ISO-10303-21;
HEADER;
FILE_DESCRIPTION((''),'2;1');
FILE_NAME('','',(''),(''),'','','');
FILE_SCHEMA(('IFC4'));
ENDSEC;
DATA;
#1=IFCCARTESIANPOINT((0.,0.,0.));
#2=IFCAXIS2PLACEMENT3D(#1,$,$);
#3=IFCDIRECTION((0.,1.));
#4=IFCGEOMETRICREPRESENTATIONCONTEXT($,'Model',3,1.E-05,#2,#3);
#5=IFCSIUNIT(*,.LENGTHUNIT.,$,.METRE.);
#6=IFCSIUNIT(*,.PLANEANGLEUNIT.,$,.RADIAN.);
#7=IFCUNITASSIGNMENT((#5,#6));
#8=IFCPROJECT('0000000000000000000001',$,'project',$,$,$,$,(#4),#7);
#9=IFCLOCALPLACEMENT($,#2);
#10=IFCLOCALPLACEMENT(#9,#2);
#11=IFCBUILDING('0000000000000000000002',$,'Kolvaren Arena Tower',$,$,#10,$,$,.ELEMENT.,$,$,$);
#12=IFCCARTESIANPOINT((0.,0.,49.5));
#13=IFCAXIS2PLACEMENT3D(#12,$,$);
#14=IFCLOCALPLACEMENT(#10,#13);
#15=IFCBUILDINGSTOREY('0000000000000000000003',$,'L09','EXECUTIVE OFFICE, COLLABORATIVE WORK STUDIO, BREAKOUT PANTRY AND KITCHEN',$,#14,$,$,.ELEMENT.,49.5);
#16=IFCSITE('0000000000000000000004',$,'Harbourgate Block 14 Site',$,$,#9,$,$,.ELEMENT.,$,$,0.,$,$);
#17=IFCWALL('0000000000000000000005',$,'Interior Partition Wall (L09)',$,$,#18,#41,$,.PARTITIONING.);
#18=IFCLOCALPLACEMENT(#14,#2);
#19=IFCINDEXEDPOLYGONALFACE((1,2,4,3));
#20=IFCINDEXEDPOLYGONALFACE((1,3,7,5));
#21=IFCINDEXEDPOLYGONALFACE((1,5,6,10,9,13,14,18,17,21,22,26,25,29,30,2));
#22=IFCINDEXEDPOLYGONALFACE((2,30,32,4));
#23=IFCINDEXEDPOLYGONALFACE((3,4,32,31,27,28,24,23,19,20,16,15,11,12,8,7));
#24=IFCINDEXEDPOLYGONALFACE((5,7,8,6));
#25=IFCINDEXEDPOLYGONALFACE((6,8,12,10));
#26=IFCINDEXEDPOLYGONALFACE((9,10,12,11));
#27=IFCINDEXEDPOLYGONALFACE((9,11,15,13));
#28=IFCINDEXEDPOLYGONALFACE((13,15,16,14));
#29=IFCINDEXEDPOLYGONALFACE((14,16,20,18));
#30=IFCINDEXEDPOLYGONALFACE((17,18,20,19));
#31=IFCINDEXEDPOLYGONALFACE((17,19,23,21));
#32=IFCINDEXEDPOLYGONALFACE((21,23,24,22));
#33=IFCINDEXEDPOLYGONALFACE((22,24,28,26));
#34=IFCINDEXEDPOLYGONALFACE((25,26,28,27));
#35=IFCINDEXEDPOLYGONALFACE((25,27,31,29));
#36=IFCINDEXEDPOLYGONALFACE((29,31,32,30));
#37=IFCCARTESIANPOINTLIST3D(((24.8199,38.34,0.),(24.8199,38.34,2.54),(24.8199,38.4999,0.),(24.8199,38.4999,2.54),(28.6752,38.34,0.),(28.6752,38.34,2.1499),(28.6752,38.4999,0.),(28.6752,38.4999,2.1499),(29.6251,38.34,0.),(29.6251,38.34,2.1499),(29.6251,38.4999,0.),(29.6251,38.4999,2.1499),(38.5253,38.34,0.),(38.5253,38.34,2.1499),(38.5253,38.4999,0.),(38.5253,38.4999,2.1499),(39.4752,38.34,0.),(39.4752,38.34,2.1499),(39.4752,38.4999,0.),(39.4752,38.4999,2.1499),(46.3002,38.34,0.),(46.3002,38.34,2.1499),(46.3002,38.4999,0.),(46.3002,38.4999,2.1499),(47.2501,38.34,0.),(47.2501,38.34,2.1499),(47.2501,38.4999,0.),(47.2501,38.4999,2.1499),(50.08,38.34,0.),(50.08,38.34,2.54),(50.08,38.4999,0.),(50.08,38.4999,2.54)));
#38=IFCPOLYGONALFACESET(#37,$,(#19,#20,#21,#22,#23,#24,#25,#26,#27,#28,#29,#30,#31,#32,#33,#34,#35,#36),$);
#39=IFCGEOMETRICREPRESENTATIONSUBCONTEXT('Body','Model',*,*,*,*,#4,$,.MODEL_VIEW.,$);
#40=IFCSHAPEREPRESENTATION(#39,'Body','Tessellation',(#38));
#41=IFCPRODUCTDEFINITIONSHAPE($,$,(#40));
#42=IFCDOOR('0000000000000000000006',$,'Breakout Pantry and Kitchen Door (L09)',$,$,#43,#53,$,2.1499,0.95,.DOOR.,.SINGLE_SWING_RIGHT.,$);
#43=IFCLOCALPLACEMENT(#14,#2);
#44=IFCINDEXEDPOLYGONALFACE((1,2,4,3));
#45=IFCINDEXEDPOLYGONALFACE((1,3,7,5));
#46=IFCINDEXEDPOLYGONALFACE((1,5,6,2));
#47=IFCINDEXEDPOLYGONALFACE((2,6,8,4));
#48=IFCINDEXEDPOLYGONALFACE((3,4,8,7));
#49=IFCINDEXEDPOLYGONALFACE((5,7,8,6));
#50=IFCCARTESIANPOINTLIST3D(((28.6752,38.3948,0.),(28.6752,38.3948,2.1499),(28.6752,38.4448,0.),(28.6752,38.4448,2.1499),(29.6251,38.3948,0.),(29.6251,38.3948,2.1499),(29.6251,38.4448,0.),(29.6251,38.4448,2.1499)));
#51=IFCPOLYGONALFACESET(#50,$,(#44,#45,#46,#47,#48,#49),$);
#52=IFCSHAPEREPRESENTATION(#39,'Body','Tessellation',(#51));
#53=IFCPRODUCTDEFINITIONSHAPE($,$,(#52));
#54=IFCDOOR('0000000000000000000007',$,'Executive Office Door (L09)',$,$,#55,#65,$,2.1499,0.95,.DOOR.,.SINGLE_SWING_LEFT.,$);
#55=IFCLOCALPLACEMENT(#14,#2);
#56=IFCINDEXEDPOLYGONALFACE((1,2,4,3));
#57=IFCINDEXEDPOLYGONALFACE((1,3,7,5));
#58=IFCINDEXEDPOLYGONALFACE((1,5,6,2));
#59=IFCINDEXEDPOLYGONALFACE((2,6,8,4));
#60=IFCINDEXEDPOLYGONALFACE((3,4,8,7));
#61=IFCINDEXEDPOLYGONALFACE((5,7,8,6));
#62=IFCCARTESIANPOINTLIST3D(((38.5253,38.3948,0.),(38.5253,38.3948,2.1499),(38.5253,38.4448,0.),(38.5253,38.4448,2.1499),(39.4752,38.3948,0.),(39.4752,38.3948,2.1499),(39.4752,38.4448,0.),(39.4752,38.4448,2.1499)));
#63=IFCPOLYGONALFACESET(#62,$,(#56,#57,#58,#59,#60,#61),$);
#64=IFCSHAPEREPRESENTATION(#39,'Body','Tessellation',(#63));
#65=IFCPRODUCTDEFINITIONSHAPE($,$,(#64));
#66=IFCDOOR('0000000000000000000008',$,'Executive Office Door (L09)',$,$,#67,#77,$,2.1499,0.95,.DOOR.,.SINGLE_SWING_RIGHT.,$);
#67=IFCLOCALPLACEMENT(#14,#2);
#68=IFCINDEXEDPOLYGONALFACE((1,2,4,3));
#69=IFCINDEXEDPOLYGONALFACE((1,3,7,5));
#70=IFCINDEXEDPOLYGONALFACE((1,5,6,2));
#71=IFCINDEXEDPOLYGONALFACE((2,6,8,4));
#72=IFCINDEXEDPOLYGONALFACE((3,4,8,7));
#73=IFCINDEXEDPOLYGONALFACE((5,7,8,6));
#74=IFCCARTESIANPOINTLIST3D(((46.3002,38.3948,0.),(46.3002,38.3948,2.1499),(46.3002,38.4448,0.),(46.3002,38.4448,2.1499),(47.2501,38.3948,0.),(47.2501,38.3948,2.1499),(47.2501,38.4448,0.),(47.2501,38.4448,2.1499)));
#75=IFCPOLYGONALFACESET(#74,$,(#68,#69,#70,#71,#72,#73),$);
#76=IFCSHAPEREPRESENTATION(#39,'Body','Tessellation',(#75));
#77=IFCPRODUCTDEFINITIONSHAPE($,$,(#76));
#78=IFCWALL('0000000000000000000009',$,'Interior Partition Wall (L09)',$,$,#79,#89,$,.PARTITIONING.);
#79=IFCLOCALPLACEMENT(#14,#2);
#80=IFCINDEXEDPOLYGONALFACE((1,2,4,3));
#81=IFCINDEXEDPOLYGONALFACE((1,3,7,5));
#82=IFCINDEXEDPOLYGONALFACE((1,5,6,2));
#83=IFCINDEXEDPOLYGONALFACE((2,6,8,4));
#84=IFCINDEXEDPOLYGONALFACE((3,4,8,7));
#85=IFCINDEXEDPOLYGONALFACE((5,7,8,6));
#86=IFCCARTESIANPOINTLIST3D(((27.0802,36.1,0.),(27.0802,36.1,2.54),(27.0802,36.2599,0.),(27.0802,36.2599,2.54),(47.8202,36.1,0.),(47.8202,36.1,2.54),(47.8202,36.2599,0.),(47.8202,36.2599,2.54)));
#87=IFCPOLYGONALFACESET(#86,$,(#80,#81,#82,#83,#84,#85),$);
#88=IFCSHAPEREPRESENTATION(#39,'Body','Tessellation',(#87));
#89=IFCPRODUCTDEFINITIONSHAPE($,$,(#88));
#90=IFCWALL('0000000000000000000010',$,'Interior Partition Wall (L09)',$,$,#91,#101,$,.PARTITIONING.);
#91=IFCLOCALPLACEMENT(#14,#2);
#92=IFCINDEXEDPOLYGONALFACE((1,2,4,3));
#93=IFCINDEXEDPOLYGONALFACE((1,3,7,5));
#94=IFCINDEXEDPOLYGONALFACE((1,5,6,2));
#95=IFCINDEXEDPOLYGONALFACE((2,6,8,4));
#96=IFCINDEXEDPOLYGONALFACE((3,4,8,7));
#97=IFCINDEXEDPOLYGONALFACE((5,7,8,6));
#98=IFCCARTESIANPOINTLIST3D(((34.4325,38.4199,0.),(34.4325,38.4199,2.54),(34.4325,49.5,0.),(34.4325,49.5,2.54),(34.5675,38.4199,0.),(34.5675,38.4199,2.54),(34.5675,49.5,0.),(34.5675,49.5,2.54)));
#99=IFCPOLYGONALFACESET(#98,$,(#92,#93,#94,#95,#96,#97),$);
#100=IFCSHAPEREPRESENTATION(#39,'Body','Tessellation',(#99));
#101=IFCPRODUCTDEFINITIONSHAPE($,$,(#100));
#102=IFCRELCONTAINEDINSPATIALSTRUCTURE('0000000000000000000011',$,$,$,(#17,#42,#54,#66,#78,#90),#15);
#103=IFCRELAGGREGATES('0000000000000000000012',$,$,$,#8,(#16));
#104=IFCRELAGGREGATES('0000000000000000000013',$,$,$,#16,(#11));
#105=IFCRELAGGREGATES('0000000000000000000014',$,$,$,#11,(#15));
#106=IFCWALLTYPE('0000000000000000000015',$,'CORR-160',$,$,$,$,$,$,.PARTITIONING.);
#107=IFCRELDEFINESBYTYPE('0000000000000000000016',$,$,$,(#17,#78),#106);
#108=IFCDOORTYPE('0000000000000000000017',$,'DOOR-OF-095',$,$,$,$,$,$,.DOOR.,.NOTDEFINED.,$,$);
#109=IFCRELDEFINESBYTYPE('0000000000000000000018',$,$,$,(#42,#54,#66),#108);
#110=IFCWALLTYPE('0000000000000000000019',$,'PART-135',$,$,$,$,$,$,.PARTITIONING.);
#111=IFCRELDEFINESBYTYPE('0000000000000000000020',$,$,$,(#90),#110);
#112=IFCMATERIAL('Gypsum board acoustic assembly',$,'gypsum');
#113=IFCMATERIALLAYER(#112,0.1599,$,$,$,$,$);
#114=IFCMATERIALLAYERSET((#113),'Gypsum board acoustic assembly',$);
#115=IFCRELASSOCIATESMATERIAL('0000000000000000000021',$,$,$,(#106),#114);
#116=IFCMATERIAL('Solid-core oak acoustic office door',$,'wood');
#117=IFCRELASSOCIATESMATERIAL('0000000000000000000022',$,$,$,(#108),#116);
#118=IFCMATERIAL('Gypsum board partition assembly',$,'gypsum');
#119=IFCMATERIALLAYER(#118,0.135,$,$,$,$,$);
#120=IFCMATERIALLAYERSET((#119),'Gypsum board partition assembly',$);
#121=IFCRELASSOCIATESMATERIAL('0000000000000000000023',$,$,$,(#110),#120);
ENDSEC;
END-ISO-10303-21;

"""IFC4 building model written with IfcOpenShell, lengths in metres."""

from ifc_helpers import new_model, si_unit, direction, frame, frame_2d, origin, place, context, subcontext, project, spatial, rectangle, extrude, material, layer, layer_set, type_object, element, fill, save


model = new_model("IFC4")

# Units and contexts
model_context = context("Model", 3, precision=1e-05, world=origin(), true_north=direction((0.0, 1.0)))
body_context = subcontext(model_context, "Body", "Model", "MODEL_VIEW")
ifc_project = project(units=[si_unit("LENGTHUNIT", "METRE"), si_unit("PLANEANGLEUNIT", "RADIAN")], contexts=[model_context])

# Site, building, storey
site_placement = place(None, origin())
site = spatial("IfcSite", under=ifc_project, at=site_placement, Name="Harbourgate Block 14 Site", CompositionType="ELEMENT", RefElevation=0.0)
building_placement = place(site_placement, origin())
building = spatial("IfcBuilding", under=site, at=building_placement, Name="Kolvaren Arena Tower", CompositionType="ELEMENT")
storey_placement = place(building_placement, frame((0.0, 0.0, 49.5)))
storey = spatial("IfcBuildingStorey", under=building, at=storey_placement, Name="L09", Description="EXECUTIVE OFFICE, COLLABORATIVE WORK STUDIO, BREAKOUT PANTRY AND KITCHEN", CompositionType="ELEMENT", Elevation=49.5)

# Shared definitions
ifc_material_1 = material(Name="Gypsum board acoustic assembly", Category="gypsum")
ifc_layer_1 = layer(ifc_material_1, 0.1599)
ifc_layer_set_1 = layer_set([ifc_layer_1], Name="Gypsum board acoustic assembly")
wall_type_1 = type_object("IfcWallType", Name="CORR-160", PredefinedType="PARTITIONING", material=ifc_layer_set_1)

# Wall, openings, doors
wall_1_placement = place(storey_placement, frame((24.8201, 38.4199, 0.0), z_axis=(0.0, 0.0, 1.0), x_axis=(1.0, 0.0, 0.0)))
wall_1 = element("IfcWall", 1, at=wall_1_placement, inside=storey, type_object=wall_type_1, Name="Interior Partition Wall (L09)", PredefinedType="PARTITIONING", context=body_context, shape_type="SweptSolid", body=[
    extrude(rectangle(XDim=25.26, YDim=0.1599, at=frame_2d((12.6299, 0.0))), origin(), (0.0, 0.0, 1.0), 2.54),
])
opening_1_placement = place(wall_1_placement, frame((3.855, 0.0, 0.0)))
opening_1 = element("IfcOpeningElement", 2, at=opening_1_placement, cuts=wall_1, PredefinedType="OPENING", context=body_context, shape_type="SweptSolid", body=[
    extrude(rectangle(XDim=0.95, YDim=2.1499, at=frame_2d((0.4751, 1.075))), frame((0.0, 0.0898, 0.0), z_axis=(0.0, -1.0, 0.0), x_axis=(1.0, 0.0, 0.0)), (0.0, 0.0, 1.0), 0.1799),
])
opening_2_placement = place(wall_1_placement, frame((13.7051, 0.0, 0.0)))
opening_2 = element("IfcOpeningElement", 3, at=opening_2_placement, cuts=wall_1, PredefinedType="OPENING", context=body_context, shape_type="SweptSolid", body=[
    extrude(rectangle(XDim=0.95, YDim=2.1499, at=frame_2d((0.4751, 1.075))), frame((0.0, 0.0898, 0.0), z_axis=(0.0, -1.0, 0.0), x_axis=(1.0, 0.0, 0.0)), (0.0, 0.0, 1.0), 0.1799),
])
opening_3_placement = place(wall_1_placement, frame((21.48, 0.0, 0.0)))
opening_3 = element("IfcOpeningElement", 4, at=opening_3_placement, cuts=wall_1, PredefinedType="OPENING", context=body_context, shape_type="SweptSolid", body=[
    extrude(rectangle(XDim=0.95, YDim=2.1499, at=frame_2d((0.4751, 1.075))), frame((0.0, 0.0898, 0.0), z_axis=(0.0, -1.0, 0.0), x_axis=(1.0, 0.0, 0.0)), (0.0, 0.0, 1.0), 0.1799),
])
ifc_material_2 = material(Name="Solid-core oak acoustic office door", Category="wood")
door_type = type_object("IfcDoorType", Name="DOOR-OF-095", OperationType="NOTDEFINED", PredefinedType="DOOR", material=ifc_material_2)
door_1_placement = place(opening_1_placement, origin())
door_1 = element("IfcDoor", 5, at=door_1_placement, inside=storey, type_object=door_type, Name="Breakout Pantry and Kitchen Door (L09)", OperationType="SINGLE_SWING_RIGHT", OverallHeight=2.1499, OverallWidth=0.95, PredefinedType="DOOR", context=body_context, shape_type="SweptSolid", body=[
    extrude(rectangle(XDim=0.95, YDim=2.1499, at=frame_2d((0.4751, 1.075))), frame((0.0, 0.0249, 0.0), z_axis=(0.0, -1.0, 0.0), x_axis=(1.0, 0.0, 0.0)), (0.0, 0.0, 1.0), 0.05),
])
fill(opening_1, door_1)
door_2_placement = place(opening_2_placement, origin())
door_2 = element("IfcDoor", 6, at=door_2_placement, inside=storey, type_object=door_type, Name="Executive Office Door (L09)", OperationType="SINGLE_SWING_LEFT", OverallHeight=2.1499, OverallWidth=0.95, PredefinedType="DOOR", context=body_context, shape_type="SweptSolid", body=[
    extrude(rectangle(XDim=0.95, YDim=2.1499, at=frame_2d((0.4751, 1.075))), frame((0.0, 0.0249, 0.0), z_axis=(0.0, -1.0, 0.0), x_axis=(1.0, 0.0, 0.0)), (0.0, 0.0, 1.0), 0.05),
])
fill(opening_2, door_2)
door_3_placement = place(opening_3_placement, origin())
door_3 = element("IfcDoor", 7, at=door_3_placement, inside=storey, type_object=door_type, Name="Executive Office Door (L09)", OperationType="SINGLE_SWING_RIGHT", OverallHeight=2.1499, OverallWidth=0.95, PredefinedType="DOOR", context=body_context, shape_type="SweptSolid", body=[
    extrude(rectangle(XDim=0.95, YDim=2.1499, at=frame_2d((0.4751, 1.075))), frame((0.0, 0.0249, 0.0), z_axis=(0.0, -1.0, 0.0), x_axis=(1.0, 0.0, 0.0)), (0.0, 0.0, 1.0), 0.05),
])
fill(opening_3, door_3)

# Walls
wall_2_placement = place(storey_placement, frame((27.0801, 36.1799, 0.0), z_axis=(0.0, 0.0, 1.0), x_axis=(1.0, 0.0, 0.0)))
element("IfcWall", 8, at=wall_2_placement, inside=storey, type_object=wall_type_1, Name="Interior Partition Wall (L09)", PredefinedType="PARTITIONING", context=body_context, shape_type="SweptSolid", body=[
    extrude(rectangle(XDim=20.74, YDim=0.1599, at=frame_2d((10.3701, 0.0))), origin(), (0.0, 0.0, 1.0), 2.54),
])
ifc_material_3 = material(Name="Gypsum board partition assembly", Category="gypsum")
ifc_layer_2 = layer(ifc_material_3, 0.135)
ifc_layer_set_2 = layer_set([ifc_layer_2], Name="Gypsum board partition assembly")
wall_type_2 = type_object("IfcWallType", Name="PART-135", PredefinedType="PARTITIONING", material=ifc_layer_set_2)
wall_3_placement = place(storey_placement, frame((34.5, 38.4199, 0.0), z_axis=(0.0, 0.0, 1.0), x_axis=(0.0, 1.0, 0.0)))
element("IfcWall", 9, at=wall_3_placement, inside=storey, type_object=wall_type_2, Name="Interior Partition Wall (L09)", PredefinedType="PARTITIONING", context=body_context, shape_type="SweptSolid", body=[
    extrude(rectangle(XDim=11.0801, YDim=0.135, at=frame_2d((5.54, 0.0))), origin(), (0.0, 0.0, 1.0), 2.54),
])

save(model, "model.ifc")
